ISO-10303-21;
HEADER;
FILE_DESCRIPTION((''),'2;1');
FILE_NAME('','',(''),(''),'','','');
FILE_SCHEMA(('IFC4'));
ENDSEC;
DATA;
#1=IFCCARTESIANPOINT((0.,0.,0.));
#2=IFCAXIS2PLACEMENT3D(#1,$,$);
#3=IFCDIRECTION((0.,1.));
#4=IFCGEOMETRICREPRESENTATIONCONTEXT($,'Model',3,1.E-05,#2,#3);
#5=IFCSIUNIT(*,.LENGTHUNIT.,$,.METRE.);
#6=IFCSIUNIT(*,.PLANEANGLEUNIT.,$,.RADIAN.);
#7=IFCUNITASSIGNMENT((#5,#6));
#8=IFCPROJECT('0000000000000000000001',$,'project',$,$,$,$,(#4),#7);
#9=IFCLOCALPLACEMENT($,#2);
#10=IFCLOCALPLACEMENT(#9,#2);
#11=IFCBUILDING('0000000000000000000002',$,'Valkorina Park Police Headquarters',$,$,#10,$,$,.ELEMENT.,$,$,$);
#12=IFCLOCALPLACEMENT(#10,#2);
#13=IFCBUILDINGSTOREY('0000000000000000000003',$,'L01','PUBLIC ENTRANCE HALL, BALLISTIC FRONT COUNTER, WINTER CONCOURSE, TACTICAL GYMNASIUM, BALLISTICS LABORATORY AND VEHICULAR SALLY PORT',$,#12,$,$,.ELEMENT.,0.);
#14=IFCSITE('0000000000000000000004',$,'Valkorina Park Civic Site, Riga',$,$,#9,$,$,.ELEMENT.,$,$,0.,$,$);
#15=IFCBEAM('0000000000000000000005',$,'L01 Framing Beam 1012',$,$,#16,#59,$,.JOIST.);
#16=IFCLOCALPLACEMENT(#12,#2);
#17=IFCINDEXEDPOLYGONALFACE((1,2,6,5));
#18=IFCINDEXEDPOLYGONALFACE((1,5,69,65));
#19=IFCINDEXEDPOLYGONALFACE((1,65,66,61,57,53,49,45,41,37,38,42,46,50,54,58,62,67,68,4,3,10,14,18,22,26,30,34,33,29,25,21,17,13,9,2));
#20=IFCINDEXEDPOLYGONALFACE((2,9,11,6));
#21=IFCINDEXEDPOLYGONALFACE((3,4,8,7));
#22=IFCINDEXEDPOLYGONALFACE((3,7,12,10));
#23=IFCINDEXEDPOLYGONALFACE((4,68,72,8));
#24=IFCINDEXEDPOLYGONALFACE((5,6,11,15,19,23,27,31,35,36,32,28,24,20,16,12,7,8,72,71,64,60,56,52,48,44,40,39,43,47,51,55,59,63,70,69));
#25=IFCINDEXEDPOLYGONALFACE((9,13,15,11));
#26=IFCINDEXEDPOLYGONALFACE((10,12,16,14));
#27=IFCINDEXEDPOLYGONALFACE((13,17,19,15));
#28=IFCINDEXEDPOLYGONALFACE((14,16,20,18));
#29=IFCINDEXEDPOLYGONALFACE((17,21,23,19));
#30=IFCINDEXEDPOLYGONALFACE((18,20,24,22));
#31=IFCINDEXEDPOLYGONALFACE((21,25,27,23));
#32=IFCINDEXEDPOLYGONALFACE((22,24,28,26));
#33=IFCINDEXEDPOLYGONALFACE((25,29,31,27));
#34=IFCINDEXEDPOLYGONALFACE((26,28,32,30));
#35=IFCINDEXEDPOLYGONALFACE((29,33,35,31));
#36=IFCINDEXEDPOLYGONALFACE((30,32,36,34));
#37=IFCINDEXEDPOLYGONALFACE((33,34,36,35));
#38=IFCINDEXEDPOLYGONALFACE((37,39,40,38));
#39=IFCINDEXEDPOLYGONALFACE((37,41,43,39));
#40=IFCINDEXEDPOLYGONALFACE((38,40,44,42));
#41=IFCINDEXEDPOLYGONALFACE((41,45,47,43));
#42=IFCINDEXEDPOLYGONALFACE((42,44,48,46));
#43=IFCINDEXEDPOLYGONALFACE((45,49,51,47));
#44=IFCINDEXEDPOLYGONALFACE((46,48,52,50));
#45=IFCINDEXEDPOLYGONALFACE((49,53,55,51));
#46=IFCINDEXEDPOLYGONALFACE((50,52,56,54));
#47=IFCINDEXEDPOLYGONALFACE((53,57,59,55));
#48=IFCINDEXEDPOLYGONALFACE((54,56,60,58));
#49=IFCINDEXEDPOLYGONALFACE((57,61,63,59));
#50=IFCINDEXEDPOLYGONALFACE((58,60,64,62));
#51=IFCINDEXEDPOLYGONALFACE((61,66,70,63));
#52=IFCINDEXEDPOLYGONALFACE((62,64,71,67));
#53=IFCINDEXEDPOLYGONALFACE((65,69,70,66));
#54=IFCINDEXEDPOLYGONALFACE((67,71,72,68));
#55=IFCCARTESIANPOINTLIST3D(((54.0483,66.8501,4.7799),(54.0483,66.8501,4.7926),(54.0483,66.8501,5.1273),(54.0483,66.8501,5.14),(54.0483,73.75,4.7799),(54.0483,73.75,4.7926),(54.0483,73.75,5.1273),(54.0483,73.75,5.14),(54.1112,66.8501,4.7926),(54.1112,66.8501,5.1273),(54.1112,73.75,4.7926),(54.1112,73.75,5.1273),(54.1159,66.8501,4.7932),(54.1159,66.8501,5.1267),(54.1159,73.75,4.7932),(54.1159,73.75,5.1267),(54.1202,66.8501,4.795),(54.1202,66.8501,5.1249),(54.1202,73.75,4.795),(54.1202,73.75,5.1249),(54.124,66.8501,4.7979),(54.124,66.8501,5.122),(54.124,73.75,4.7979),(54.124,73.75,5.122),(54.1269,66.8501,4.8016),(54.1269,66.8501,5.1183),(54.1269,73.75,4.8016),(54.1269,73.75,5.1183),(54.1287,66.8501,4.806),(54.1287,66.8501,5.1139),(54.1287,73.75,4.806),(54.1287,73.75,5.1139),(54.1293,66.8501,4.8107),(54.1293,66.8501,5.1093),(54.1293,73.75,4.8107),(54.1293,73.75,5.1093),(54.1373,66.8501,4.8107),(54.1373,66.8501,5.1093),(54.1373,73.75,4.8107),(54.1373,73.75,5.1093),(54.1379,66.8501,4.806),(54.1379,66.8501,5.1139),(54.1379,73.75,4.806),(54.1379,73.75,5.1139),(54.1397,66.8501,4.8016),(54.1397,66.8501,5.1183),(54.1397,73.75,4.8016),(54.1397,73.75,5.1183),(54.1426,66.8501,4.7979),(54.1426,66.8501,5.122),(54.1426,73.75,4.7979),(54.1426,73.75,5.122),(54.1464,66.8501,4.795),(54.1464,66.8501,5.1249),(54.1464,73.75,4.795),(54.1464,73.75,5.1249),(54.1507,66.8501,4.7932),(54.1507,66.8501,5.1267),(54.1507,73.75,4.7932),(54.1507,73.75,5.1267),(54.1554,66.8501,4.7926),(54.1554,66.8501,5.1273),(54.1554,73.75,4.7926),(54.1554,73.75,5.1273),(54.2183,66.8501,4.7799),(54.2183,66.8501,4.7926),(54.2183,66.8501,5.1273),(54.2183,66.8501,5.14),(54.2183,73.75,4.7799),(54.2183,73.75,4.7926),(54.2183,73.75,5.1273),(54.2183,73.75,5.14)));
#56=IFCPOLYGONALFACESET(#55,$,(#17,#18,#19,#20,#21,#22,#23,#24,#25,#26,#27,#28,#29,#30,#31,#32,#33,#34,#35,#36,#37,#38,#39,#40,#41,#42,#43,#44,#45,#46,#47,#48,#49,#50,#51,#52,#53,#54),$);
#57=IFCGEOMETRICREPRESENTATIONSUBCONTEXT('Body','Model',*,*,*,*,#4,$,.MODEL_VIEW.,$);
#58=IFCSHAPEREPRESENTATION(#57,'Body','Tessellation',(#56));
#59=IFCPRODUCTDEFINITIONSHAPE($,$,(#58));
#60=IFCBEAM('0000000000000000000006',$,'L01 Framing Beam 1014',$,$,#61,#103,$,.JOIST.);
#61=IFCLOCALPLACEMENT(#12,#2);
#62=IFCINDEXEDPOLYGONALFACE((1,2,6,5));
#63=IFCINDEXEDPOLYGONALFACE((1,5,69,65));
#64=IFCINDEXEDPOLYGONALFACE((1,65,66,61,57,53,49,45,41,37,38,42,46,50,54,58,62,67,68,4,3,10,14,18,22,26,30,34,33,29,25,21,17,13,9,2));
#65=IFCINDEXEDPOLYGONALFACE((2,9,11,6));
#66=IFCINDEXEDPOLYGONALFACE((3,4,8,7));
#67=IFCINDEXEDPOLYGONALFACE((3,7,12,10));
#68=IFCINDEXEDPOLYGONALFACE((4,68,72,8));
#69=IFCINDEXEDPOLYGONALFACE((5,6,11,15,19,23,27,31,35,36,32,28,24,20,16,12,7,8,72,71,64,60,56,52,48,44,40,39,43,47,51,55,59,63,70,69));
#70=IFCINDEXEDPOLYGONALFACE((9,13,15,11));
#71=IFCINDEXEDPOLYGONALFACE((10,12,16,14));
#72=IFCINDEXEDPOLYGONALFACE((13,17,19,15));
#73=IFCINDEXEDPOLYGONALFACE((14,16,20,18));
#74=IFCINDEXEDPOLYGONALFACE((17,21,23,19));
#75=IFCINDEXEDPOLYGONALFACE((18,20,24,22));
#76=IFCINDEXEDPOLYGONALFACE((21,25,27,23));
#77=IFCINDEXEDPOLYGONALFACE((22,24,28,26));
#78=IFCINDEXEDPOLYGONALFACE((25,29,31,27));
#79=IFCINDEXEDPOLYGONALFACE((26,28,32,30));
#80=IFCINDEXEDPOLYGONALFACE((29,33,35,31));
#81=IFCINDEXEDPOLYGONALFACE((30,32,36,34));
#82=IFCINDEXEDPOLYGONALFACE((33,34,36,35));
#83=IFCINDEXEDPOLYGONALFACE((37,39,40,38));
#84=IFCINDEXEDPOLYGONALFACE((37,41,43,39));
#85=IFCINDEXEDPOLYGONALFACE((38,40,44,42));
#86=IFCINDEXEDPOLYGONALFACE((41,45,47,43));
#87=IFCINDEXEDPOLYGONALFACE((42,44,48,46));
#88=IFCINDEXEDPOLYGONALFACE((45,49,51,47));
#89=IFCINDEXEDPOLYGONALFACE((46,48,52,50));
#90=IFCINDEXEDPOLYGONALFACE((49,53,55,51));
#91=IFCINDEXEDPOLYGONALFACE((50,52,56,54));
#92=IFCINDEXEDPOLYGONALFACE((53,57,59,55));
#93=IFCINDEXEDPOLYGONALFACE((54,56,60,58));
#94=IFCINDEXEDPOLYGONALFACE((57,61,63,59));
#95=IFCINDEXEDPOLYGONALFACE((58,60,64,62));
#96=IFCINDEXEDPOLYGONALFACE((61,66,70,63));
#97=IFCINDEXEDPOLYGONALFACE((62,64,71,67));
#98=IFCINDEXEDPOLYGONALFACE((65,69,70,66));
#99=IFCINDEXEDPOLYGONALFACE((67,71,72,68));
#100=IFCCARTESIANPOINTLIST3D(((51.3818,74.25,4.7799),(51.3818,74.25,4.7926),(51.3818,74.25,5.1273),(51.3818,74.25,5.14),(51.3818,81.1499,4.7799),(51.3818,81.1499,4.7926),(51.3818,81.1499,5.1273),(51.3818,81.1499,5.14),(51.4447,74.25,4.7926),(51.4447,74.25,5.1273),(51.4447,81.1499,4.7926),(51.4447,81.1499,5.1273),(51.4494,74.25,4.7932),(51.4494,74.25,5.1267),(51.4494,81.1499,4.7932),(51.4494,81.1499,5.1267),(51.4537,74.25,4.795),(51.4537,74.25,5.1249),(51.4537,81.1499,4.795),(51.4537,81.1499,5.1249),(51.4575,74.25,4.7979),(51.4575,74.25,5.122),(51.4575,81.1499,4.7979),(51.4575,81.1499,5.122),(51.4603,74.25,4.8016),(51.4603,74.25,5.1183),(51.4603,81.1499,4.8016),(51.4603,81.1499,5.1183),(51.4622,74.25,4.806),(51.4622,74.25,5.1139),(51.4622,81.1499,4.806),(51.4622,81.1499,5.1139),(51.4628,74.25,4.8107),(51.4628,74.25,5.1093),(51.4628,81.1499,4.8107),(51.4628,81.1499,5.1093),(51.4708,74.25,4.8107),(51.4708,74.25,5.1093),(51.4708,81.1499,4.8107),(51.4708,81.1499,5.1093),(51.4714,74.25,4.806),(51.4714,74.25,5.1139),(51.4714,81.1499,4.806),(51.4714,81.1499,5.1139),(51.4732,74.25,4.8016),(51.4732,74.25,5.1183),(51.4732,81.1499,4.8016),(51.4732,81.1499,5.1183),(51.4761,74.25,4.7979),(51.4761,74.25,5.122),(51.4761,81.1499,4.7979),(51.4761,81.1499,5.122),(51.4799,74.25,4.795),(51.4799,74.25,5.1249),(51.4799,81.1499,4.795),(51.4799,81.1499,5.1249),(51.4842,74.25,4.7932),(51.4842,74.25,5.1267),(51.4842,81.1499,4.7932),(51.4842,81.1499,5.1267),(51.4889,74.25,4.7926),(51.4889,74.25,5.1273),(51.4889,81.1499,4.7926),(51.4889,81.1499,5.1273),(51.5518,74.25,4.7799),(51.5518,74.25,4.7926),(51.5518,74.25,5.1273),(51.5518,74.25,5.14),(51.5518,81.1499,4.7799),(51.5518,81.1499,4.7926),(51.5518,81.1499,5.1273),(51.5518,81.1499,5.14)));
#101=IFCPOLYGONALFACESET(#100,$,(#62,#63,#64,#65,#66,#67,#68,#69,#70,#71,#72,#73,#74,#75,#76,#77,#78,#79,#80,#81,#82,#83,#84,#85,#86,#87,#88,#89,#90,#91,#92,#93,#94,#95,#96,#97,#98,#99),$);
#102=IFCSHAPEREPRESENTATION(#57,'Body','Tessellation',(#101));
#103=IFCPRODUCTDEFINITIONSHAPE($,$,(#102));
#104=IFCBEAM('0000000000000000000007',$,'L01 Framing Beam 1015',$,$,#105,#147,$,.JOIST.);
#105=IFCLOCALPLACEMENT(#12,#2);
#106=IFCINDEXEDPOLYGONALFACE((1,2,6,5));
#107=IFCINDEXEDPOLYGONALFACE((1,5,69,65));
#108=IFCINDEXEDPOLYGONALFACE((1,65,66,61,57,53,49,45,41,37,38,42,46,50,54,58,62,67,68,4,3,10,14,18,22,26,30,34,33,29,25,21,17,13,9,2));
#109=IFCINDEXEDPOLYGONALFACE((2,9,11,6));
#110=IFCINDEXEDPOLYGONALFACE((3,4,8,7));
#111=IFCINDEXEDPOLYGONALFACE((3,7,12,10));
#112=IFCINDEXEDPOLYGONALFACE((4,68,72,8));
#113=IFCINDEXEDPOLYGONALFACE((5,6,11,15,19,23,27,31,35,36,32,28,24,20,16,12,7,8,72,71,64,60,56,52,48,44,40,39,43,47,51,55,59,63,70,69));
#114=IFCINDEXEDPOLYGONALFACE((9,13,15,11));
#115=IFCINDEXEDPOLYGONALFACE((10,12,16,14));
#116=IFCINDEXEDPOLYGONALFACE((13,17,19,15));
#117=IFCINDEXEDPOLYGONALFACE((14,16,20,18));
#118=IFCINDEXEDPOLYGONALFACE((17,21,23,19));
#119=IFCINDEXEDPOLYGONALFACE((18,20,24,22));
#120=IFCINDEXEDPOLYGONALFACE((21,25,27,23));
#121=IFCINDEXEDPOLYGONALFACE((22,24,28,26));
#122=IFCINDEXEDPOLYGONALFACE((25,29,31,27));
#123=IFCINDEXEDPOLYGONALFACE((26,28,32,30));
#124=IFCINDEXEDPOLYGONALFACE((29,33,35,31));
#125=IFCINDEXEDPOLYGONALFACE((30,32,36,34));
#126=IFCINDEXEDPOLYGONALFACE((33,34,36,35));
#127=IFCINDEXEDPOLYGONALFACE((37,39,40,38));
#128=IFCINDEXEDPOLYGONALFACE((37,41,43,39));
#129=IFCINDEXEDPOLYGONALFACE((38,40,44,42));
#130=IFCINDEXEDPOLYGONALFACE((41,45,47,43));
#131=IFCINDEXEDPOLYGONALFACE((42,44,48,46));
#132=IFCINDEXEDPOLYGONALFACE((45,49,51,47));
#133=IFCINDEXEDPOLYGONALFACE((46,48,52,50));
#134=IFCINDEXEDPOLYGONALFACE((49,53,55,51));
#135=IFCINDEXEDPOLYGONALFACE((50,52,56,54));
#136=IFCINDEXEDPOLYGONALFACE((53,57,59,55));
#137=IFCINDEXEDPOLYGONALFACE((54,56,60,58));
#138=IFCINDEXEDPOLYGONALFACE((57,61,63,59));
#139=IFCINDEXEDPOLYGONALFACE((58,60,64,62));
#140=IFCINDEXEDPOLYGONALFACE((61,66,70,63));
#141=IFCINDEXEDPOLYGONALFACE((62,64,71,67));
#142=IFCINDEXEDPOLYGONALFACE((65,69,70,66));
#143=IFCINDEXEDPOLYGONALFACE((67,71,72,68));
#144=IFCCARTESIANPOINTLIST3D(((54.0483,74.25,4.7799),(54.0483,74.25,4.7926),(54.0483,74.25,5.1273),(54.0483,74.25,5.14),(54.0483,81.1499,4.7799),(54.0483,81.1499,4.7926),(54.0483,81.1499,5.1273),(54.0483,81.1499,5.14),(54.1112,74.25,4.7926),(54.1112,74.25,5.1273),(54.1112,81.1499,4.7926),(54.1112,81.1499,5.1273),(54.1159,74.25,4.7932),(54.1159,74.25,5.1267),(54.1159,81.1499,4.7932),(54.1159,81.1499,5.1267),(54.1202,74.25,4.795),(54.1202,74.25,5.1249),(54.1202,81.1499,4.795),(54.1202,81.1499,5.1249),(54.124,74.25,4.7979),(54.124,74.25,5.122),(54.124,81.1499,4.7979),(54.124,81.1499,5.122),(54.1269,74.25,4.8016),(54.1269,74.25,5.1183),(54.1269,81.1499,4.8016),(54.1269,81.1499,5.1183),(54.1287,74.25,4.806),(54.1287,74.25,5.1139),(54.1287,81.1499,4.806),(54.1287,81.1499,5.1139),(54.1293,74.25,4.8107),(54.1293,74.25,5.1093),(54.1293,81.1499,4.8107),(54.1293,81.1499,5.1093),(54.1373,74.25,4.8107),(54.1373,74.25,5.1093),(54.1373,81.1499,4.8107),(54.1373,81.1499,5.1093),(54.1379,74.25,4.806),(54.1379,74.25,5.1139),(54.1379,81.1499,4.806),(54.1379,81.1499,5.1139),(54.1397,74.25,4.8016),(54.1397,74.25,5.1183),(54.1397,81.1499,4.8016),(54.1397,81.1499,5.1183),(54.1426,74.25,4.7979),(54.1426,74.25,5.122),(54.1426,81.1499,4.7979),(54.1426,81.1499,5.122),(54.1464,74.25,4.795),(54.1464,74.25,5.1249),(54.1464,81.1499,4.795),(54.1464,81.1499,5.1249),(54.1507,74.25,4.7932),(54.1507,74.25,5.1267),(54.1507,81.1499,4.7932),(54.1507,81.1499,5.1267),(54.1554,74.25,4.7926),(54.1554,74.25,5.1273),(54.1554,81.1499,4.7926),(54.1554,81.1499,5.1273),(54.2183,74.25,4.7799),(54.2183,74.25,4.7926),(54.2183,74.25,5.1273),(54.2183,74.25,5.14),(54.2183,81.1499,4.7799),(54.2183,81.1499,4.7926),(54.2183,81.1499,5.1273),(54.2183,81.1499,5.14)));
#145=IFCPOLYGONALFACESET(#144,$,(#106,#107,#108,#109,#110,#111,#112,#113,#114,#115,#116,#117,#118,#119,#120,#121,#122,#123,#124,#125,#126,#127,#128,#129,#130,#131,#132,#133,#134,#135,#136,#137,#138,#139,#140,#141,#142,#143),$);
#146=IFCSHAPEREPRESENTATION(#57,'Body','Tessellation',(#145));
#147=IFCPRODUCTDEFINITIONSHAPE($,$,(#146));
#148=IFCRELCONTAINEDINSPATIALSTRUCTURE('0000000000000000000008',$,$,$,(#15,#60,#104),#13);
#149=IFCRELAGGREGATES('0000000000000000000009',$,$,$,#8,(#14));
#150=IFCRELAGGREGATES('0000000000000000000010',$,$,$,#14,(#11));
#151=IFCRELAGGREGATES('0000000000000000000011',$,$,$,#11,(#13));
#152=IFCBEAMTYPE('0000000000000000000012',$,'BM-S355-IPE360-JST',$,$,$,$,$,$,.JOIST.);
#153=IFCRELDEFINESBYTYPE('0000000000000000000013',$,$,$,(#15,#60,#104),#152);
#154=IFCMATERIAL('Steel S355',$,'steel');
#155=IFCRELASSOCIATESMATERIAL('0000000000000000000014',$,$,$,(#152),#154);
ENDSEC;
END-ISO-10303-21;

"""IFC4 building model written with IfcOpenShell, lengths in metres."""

from ifc_helpers import new_model, si_unit, direction, frame, origin, origin_2d, place, context, subcontext, project, spatial, i_section, extrude, material, material_profile, profile_set, type_object, element, save


model = new_model("IFC4")

# Units and contexts
model_context = context("Model", 3, precision=1e-05, world=origin(), true_north=direction((0.0, 1.0)))
body_context = subcontext(model_context, "Body", "Model", "MODEL_VIEW")
ifc_project = project(units=[si_unit("LENGTHUNIT", "METRE"), si_unit("PLANEANGLEUNIT", "RADIAN")], contexts=[model_context])

# Site, building, storey
site_placement = place(None, origin())
site = spatial("IfcSite", under=ifc_project, at=site_placement, Name="Valkorina Park Civic Site, Riga", CompositionType="ELEMENT", RefElevation=0.0)
building_placement = place(site_placement, origin())
building = spatial("IfcBuilding", under=site, at=building_placement, Name="Valkorina Park Police Headquarters", CompositionType="ELEMENT")
storey_placement = place(building_placement, origin())
storey = spatial("IfcBuildingStorey", under=building, at=storey_placement, Name="L01", Description="PUBLIC ENTRANCE HALL, BALLISTIC FRONT COUNTER, WINTER CONCOURSE, TACTICAL GYMNASIUM, BALLISTICS LABORATORY AND VEHICULAR SALLY PORT", CompositionType="ELEMENT", Elevation=0.0)

# Beams
ifc_material_1 = material(Name="Steel S355", Category="steel")
ifc_material_profile_1 = material_profile(ifc_material_1, i_section(OverallWidth=0.1699, OverallDepth=0.3601, WebThickness=0.0081, FlangeThickness=0.0127, FilletRadius=0.0181, at=origin_2d()), Name="IPE 360")
ifc_profile_set_1 = profile_set([ifc_material_profile_1], Name="Steel S355")
beam_type_1 = type_object("IfcBeamType", Name="BM-S355-IPE360-JST", PredefinedType="JOIST", material=ifc_profile_set_1)
for number, where, z_axis, x_axis, name in (
    (1, (54.1333, 66.8501, 4.96), (0.0, 1.0, 0.0), (-1.0, 0.0, 0.0), "L01 Framing Beam 1012"),
    (2, (51.4668, 74.25, 4.96), (0.0, 1.0, 0.0), (-1.0, 0.0, 0.0), "L01 Framing Beam 1014"),
    (3, (54.1333, 74.25, 4.96), (0.0, 1.0, 0.0), (-1.0, 0.0, 0.0), "L01 Framing Beam 1015"),
):
    element("IfcBeam", number, at=place(storey_placement, frame(where, z_axis=z_axis, x_axis=x_axis)), inside=storey, type_object=beam_type_1, Name=name, PredefinedType="JOIST", context=body_context, shape_type="SweptSolid", body=[
        extrude(i_section(OverallWidth=0.1699, OverallDepth=0.3601, WebThickness=0.0081, FlangeThickness=0.0127, FilletRadius=0.0181, at=origin_2d()), origin(), (0.0, 0.0, 1.0), 6.8999),
    ])

save(model, "model.ifc")
